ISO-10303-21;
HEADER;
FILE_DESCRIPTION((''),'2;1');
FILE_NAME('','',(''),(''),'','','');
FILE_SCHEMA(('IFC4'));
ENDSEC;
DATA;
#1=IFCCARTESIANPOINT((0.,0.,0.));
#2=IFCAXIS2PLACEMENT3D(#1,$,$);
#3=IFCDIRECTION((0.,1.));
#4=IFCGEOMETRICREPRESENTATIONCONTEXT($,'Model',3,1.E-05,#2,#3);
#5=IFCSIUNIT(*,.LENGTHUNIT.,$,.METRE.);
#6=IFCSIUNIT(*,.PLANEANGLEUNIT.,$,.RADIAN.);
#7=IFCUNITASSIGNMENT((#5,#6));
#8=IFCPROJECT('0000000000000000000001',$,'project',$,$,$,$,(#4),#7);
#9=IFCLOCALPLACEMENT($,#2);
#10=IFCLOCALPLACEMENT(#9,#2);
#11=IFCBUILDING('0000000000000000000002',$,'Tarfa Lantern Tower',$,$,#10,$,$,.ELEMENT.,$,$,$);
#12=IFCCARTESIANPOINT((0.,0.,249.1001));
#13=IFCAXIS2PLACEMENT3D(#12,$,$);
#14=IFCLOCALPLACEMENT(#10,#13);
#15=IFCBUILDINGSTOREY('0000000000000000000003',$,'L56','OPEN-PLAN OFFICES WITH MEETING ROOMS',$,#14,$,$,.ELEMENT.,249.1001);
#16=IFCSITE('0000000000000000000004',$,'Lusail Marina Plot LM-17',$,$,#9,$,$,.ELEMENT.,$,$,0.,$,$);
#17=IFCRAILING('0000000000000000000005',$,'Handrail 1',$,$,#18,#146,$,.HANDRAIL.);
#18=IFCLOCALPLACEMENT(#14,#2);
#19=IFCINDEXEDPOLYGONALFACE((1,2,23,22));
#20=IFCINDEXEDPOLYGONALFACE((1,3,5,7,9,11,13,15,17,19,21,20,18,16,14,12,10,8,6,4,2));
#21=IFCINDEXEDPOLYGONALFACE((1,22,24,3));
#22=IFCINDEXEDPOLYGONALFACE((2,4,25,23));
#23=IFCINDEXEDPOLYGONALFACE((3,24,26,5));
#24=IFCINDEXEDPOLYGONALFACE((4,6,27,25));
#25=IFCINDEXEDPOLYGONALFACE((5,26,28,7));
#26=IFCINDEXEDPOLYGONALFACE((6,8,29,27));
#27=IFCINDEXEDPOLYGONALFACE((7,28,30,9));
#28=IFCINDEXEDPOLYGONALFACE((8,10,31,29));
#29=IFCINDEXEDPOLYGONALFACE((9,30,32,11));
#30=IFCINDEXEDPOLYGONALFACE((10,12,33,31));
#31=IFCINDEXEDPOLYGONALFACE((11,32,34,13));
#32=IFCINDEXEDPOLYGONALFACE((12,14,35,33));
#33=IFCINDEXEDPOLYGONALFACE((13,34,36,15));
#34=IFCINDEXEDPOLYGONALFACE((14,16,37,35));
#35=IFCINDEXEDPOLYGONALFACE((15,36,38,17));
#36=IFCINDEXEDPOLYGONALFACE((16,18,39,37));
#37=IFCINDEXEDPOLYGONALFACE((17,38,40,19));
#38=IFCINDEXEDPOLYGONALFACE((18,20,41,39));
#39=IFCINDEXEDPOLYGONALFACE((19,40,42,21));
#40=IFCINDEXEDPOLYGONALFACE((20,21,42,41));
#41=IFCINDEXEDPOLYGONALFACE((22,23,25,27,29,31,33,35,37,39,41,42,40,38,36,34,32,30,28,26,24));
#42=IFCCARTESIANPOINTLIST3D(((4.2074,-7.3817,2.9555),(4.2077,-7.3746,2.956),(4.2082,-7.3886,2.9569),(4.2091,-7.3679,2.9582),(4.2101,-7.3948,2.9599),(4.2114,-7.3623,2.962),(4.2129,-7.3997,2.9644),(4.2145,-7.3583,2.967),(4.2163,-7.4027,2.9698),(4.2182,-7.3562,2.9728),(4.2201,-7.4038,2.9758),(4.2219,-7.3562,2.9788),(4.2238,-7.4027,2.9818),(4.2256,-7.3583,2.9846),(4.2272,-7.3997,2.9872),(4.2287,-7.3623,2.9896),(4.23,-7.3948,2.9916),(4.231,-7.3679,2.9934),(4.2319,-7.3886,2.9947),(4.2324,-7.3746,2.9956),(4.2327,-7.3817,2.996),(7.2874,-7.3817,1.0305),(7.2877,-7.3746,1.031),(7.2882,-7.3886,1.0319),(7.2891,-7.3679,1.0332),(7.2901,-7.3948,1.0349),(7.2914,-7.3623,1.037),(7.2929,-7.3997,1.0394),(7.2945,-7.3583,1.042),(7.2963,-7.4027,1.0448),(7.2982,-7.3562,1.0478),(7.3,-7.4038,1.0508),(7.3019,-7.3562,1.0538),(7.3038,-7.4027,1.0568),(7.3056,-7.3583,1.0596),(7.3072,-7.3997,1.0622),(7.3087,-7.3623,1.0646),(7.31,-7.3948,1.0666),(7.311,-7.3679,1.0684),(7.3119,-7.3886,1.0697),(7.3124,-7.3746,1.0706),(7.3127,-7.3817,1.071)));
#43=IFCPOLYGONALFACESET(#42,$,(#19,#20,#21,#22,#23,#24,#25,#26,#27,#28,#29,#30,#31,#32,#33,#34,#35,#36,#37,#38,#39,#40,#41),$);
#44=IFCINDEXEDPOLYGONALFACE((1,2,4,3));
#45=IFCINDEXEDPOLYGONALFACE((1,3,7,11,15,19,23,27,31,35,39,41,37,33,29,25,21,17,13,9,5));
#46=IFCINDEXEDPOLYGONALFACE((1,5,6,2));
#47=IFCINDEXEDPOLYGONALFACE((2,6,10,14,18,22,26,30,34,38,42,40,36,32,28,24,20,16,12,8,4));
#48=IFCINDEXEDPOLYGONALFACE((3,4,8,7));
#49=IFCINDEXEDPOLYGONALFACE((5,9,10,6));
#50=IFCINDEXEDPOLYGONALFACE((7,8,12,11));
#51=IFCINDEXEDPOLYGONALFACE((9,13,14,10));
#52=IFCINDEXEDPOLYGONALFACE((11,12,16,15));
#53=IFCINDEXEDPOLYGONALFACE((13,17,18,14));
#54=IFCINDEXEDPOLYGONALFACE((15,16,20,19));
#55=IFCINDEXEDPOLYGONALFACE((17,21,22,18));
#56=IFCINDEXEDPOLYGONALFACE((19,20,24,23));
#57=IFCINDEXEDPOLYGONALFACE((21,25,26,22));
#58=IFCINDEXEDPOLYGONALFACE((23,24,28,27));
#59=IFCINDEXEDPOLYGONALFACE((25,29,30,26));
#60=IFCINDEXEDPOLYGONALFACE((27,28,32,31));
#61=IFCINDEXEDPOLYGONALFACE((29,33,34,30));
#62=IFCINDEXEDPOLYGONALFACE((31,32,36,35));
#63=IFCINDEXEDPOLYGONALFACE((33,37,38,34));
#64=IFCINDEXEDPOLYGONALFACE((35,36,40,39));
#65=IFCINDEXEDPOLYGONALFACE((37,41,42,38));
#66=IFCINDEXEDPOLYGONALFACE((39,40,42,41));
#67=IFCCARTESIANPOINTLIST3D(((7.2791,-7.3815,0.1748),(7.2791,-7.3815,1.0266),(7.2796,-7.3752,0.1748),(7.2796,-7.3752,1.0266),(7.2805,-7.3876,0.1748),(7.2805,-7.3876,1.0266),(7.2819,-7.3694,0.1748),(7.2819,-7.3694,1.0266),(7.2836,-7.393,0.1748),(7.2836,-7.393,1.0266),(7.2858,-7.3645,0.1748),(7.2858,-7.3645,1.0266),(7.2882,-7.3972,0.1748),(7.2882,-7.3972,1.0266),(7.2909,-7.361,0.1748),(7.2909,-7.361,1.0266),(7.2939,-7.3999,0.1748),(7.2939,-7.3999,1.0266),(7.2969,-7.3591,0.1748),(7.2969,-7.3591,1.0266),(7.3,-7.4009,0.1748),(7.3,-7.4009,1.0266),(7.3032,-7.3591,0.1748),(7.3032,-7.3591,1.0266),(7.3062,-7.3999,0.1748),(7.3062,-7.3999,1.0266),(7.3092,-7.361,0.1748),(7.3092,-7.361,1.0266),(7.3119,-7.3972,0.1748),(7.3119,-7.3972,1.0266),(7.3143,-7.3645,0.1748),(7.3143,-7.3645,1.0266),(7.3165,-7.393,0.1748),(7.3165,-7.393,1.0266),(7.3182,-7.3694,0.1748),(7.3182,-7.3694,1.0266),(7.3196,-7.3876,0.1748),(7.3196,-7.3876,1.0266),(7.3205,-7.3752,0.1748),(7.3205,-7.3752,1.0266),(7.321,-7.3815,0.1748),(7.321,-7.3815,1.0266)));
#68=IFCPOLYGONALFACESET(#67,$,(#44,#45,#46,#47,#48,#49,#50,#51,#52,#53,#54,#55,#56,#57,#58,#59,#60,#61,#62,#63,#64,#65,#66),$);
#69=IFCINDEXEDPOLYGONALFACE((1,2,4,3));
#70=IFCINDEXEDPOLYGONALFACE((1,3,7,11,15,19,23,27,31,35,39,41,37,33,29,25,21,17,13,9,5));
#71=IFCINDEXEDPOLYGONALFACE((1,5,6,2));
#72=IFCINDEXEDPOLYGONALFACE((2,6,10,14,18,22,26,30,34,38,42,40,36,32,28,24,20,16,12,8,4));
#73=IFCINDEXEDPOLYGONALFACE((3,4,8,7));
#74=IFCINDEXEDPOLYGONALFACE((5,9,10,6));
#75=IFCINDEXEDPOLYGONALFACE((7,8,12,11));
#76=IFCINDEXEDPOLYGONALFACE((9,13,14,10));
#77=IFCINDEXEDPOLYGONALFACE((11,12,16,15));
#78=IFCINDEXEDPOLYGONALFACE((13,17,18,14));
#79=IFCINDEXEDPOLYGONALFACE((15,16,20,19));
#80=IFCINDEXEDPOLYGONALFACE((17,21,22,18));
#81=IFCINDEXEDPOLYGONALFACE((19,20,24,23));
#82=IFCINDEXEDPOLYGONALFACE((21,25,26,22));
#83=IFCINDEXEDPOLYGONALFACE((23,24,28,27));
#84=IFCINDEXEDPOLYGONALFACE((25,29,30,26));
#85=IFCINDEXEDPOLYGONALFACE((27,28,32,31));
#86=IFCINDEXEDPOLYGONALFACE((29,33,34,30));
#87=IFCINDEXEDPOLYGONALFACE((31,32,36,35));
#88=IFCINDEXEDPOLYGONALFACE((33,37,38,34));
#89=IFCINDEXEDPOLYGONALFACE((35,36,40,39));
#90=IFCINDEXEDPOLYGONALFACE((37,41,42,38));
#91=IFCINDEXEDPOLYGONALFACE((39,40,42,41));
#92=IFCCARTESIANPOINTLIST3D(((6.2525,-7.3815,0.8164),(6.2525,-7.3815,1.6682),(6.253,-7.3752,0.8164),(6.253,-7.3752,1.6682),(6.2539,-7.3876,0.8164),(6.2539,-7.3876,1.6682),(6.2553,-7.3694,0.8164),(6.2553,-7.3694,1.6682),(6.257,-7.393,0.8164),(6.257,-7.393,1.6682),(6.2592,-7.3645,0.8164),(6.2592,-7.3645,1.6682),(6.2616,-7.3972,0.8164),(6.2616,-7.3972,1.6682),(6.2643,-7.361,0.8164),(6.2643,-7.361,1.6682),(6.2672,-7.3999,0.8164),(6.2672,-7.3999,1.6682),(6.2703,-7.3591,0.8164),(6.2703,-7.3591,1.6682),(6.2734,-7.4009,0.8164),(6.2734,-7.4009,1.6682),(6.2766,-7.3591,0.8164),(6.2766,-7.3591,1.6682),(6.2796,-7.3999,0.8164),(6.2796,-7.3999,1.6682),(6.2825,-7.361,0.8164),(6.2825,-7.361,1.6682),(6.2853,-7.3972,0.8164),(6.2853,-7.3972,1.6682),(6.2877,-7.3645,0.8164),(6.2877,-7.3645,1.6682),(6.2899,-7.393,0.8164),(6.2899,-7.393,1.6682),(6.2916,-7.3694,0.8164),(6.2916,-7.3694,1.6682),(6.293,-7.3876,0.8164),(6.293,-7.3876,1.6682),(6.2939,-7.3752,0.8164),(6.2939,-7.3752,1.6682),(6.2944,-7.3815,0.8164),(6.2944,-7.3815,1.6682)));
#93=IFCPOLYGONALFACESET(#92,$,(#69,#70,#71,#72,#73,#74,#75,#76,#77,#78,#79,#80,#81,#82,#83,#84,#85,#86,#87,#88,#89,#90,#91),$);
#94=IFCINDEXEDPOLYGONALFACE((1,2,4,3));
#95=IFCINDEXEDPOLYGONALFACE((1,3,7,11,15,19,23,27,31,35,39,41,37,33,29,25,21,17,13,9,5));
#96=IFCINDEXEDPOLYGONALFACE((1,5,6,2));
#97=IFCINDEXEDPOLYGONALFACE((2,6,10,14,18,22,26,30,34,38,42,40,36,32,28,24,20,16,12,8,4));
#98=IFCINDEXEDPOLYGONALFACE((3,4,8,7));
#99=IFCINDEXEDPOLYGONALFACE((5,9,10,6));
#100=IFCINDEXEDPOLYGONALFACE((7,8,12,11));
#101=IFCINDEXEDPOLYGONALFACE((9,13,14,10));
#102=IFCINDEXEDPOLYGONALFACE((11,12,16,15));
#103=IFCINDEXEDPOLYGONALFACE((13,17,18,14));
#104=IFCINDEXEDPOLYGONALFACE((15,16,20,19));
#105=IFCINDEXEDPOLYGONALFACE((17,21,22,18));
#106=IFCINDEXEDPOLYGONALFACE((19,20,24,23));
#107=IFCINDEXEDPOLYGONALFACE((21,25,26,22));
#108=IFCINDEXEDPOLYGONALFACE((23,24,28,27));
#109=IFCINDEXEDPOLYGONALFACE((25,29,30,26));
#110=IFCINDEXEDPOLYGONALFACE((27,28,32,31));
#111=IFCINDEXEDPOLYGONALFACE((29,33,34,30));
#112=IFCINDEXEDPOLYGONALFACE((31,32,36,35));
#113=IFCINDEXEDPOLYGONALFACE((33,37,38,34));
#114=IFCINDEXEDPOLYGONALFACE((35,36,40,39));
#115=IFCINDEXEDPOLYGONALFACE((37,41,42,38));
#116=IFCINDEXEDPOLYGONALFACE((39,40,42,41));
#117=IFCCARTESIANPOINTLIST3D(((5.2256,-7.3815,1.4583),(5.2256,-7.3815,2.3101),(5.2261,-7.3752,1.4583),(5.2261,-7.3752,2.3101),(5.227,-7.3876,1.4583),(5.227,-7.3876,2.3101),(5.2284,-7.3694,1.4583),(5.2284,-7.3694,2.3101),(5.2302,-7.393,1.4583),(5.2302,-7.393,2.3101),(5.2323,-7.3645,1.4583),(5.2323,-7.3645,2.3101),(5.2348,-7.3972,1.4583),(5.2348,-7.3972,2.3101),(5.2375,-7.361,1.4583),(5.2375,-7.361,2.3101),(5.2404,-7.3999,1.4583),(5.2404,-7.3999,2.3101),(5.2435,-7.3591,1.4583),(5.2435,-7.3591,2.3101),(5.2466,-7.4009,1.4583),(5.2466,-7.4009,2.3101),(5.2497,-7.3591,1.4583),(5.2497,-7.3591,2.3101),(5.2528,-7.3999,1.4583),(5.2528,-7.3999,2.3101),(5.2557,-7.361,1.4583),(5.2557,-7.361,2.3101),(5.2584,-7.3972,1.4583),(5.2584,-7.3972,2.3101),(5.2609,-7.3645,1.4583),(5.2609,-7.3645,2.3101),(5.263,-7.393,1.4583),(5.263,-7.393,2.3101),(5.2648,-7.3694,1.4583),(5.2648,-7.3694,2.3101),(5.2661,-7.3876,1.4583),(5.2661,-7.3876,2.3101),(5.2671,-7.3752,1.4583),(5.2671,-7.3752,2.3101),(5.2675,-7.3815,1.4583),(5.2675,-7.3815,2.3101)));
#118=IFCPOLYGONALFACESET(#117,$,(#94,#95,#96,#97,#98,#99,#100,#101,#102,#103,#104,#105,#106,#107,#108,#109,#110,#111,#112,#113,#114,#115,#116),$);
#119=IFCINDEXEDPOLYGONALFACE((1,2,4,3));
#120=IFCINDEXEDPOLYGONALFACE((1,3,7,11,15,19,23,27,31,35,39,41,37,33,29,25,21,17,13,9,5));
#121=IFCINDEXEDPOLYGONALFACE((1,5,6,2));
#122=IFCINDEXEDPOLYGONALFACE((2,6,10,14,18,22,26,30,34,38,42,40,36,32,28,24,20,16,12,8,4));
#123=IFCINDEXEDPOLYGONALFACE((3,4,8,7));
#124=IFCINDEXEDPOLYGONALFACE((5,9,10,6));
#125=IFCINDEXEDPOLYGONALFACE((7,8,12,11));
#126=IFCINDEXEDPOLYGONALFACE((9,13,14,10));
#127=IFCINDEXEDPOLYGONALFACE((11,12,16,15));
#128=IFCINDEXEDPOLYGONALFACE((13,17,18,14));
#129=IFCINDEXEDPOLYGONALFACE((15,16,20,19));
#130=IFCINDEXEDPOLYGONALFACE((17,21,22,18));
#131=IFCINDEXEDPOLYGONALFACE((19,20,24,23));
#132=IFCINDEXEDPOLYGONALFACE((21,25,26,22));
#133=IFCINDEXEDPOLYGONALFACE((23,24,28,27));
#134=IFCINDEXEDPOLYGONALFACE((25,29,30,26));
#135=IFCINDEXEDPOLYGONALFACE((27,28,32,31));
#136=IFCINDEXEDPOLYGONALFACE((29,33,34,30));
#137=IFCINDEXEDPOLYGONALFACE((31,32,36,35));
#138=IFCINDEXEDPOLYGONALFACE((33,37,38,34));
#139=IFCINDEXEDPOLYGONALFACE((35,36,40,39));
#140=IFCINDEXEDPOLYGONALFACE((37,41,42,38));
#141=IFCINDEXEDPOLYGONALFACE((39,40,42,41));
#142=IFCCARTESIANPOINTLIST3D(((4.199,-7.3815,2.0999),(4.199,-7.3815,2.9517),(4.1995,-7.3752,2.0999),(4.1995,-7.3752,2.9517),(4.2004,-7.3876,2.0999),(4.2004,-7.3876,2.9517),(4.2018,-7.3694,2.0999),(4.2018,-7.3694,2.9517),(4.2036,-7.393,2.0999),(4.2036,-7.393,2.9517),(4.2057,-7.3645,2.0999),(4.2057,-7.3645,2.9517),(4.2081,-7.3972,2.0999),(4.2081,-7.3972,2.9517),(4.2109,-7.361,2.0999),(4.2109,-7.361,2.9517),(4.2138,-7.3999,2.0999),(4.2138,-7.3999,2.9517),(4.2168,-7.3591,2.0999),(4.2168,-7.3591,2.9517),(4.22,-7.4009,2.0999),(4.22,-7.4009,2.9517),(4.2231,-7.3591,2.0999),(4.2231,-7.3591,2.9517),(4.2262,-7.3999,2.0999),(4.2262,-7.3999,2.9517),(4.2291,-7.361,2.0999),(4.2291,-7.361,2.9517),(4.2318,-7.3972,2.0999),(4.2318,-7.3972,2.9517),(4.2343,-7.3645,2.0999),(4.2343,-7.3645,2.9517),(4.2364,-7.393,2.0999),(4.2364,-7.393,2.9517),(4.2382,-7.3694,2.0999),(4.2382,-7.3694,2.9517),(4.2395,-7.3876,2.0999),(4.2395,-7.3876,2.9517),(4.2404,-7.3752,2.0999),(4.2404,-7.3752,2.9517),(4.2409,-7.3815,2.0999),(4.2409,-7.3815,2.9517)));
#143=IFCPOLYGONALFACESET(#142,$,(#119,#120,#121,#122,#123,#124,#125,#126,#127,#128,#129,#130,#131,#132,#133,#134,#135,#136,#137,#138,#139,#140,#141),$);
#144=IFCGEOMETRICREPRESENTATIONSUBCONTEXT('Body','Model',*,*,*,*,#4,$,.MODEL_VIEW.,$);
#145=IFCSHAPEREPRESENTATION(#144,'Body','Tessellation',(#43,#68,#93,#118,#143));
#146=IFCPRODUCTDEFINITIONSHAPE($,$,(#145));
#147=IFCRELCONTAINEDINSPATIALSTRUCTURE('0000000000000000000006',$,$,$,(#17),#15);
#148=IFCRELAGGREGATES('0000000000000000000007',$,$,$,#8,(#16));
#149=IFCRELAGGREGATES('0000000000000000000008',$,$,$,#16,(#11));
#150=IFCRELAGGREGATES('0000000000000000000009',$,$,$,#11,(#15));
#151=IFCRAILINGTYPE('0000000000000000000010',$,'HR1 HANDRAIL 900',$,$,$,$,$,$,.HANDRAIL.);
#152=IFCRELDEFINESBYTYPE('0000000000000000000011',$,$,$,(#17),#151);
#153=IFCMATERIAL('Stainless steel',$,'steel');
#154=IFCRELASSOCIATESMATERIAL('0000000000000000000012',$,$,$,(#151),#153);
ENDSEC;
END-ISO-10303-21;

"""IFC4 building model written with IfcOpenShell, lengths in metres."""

from ifc_helpers import new_model, si_unit, direction, frame, origin, origin_2d, place, context, subcontext, project, spatial, circle, extrude, material, type_object, element, save


model = new_model("IFC4")

# Units and contexts
model_context = context("Model", 3, precision=1e-05, world=origin(), true_north=direction((0.0, 1.0)))
body_context = subcontext(model_context, "Body", "Model", "MODEL_VIEW")
ifc_project = project(units=[si_unit("LENGTHUNIT", "METRE"), si_unit("PLANEANGLEUNIT", "RADIAN")], contexts=[model_context])

# Site, building, storey
site_placement = place(None, origin())
site = spatial("IfcSite", under=ifc_project, at=site_placement, Name="Lusail Marina Plot LM-17", CompositionType="ELEMENT", RefElevation=0.0)
building_placement = place(site_placement, origin())
building = spatial("IfcBuilding", under=site, at=building_placement, Name="Tarfa Lantern Tower", CompositionType="ELEMENT")
storey_placement = place(building_placement, frame((0.0, 0.0, 249.1001)))
storey = spatial("IfcBuildingStorey", under=building, at=storey_placement, Name="L56", Description="OPEN-PLAN OFFICES WITH MEETING ROOMS", CompositionType="ELEMENT", Elevation=249.1001)

# Railing
ifc_material_1 = material(Name="Stainless steel", Category="steel")
railing_type = type_object("IfcRailingType", Name="HR1 HANDRAIL 900", PredefinedType="HANDRAIL", material=ifc_material_1)
railing_placement = place(storey_placement, frame((7.3, -7.3799, 0.1748)))
element("IfcRailing", 1, at=railing_placement, inside=storey, type_object=railing_type, Name="Handrail 1", PredefinedType="HANDRAIL", context=body_context, shape_type="SweptSolid", body=[
    extrude(circle(Radius=0.0239, at=origin_2d()), frame((0.0, 0.0, 0.876), z_axis=(-0.847998, 0.0, 0.529999), x_axis=(0.0, -1.0, 0.0)), (0.0, 0.0, 1.0), 3.6321),
    extrude(circle(Radius=0.021, at=origin_2d()), frame((0.0, 0.0, 0.0), z_axis=(0.0, 0.0, 1.0), x_axis=(0.0, -1.0, 0.0)), (0.0, 0.0, 1.0), 0.8518),
    extrude(circle(Radius=0.021, at=origin_2d()), frame((-1.0266, 0.0, 0.6416), z_axis=(0.0, 0.0, 1.0), x_axis=(0.0, -1.0, 0.0)), (0.0, 0.0, 1.0), 0.8518),
    extrude(circle(Radius=0.021, at=origin_2d()), frame((-2.0535, 0.0, 1.2834), z_axis=(0.0, 0.0, 1.0), x_axis=(0.0, -1.0, 0.0)), (0.0, 0.0, 1.0), 0.8518),
    extrude(circle(Radius=0.021, at=origin_2d()), frame((-3.0801, 0.0, 1.925), z_axis=(0.0, 0.0, 1.0), x_axis=(0.0, -1.0, 0.0)), (0.0, 0.0, 1.0), 0.8518),
])

save(model, "model.ifc")
